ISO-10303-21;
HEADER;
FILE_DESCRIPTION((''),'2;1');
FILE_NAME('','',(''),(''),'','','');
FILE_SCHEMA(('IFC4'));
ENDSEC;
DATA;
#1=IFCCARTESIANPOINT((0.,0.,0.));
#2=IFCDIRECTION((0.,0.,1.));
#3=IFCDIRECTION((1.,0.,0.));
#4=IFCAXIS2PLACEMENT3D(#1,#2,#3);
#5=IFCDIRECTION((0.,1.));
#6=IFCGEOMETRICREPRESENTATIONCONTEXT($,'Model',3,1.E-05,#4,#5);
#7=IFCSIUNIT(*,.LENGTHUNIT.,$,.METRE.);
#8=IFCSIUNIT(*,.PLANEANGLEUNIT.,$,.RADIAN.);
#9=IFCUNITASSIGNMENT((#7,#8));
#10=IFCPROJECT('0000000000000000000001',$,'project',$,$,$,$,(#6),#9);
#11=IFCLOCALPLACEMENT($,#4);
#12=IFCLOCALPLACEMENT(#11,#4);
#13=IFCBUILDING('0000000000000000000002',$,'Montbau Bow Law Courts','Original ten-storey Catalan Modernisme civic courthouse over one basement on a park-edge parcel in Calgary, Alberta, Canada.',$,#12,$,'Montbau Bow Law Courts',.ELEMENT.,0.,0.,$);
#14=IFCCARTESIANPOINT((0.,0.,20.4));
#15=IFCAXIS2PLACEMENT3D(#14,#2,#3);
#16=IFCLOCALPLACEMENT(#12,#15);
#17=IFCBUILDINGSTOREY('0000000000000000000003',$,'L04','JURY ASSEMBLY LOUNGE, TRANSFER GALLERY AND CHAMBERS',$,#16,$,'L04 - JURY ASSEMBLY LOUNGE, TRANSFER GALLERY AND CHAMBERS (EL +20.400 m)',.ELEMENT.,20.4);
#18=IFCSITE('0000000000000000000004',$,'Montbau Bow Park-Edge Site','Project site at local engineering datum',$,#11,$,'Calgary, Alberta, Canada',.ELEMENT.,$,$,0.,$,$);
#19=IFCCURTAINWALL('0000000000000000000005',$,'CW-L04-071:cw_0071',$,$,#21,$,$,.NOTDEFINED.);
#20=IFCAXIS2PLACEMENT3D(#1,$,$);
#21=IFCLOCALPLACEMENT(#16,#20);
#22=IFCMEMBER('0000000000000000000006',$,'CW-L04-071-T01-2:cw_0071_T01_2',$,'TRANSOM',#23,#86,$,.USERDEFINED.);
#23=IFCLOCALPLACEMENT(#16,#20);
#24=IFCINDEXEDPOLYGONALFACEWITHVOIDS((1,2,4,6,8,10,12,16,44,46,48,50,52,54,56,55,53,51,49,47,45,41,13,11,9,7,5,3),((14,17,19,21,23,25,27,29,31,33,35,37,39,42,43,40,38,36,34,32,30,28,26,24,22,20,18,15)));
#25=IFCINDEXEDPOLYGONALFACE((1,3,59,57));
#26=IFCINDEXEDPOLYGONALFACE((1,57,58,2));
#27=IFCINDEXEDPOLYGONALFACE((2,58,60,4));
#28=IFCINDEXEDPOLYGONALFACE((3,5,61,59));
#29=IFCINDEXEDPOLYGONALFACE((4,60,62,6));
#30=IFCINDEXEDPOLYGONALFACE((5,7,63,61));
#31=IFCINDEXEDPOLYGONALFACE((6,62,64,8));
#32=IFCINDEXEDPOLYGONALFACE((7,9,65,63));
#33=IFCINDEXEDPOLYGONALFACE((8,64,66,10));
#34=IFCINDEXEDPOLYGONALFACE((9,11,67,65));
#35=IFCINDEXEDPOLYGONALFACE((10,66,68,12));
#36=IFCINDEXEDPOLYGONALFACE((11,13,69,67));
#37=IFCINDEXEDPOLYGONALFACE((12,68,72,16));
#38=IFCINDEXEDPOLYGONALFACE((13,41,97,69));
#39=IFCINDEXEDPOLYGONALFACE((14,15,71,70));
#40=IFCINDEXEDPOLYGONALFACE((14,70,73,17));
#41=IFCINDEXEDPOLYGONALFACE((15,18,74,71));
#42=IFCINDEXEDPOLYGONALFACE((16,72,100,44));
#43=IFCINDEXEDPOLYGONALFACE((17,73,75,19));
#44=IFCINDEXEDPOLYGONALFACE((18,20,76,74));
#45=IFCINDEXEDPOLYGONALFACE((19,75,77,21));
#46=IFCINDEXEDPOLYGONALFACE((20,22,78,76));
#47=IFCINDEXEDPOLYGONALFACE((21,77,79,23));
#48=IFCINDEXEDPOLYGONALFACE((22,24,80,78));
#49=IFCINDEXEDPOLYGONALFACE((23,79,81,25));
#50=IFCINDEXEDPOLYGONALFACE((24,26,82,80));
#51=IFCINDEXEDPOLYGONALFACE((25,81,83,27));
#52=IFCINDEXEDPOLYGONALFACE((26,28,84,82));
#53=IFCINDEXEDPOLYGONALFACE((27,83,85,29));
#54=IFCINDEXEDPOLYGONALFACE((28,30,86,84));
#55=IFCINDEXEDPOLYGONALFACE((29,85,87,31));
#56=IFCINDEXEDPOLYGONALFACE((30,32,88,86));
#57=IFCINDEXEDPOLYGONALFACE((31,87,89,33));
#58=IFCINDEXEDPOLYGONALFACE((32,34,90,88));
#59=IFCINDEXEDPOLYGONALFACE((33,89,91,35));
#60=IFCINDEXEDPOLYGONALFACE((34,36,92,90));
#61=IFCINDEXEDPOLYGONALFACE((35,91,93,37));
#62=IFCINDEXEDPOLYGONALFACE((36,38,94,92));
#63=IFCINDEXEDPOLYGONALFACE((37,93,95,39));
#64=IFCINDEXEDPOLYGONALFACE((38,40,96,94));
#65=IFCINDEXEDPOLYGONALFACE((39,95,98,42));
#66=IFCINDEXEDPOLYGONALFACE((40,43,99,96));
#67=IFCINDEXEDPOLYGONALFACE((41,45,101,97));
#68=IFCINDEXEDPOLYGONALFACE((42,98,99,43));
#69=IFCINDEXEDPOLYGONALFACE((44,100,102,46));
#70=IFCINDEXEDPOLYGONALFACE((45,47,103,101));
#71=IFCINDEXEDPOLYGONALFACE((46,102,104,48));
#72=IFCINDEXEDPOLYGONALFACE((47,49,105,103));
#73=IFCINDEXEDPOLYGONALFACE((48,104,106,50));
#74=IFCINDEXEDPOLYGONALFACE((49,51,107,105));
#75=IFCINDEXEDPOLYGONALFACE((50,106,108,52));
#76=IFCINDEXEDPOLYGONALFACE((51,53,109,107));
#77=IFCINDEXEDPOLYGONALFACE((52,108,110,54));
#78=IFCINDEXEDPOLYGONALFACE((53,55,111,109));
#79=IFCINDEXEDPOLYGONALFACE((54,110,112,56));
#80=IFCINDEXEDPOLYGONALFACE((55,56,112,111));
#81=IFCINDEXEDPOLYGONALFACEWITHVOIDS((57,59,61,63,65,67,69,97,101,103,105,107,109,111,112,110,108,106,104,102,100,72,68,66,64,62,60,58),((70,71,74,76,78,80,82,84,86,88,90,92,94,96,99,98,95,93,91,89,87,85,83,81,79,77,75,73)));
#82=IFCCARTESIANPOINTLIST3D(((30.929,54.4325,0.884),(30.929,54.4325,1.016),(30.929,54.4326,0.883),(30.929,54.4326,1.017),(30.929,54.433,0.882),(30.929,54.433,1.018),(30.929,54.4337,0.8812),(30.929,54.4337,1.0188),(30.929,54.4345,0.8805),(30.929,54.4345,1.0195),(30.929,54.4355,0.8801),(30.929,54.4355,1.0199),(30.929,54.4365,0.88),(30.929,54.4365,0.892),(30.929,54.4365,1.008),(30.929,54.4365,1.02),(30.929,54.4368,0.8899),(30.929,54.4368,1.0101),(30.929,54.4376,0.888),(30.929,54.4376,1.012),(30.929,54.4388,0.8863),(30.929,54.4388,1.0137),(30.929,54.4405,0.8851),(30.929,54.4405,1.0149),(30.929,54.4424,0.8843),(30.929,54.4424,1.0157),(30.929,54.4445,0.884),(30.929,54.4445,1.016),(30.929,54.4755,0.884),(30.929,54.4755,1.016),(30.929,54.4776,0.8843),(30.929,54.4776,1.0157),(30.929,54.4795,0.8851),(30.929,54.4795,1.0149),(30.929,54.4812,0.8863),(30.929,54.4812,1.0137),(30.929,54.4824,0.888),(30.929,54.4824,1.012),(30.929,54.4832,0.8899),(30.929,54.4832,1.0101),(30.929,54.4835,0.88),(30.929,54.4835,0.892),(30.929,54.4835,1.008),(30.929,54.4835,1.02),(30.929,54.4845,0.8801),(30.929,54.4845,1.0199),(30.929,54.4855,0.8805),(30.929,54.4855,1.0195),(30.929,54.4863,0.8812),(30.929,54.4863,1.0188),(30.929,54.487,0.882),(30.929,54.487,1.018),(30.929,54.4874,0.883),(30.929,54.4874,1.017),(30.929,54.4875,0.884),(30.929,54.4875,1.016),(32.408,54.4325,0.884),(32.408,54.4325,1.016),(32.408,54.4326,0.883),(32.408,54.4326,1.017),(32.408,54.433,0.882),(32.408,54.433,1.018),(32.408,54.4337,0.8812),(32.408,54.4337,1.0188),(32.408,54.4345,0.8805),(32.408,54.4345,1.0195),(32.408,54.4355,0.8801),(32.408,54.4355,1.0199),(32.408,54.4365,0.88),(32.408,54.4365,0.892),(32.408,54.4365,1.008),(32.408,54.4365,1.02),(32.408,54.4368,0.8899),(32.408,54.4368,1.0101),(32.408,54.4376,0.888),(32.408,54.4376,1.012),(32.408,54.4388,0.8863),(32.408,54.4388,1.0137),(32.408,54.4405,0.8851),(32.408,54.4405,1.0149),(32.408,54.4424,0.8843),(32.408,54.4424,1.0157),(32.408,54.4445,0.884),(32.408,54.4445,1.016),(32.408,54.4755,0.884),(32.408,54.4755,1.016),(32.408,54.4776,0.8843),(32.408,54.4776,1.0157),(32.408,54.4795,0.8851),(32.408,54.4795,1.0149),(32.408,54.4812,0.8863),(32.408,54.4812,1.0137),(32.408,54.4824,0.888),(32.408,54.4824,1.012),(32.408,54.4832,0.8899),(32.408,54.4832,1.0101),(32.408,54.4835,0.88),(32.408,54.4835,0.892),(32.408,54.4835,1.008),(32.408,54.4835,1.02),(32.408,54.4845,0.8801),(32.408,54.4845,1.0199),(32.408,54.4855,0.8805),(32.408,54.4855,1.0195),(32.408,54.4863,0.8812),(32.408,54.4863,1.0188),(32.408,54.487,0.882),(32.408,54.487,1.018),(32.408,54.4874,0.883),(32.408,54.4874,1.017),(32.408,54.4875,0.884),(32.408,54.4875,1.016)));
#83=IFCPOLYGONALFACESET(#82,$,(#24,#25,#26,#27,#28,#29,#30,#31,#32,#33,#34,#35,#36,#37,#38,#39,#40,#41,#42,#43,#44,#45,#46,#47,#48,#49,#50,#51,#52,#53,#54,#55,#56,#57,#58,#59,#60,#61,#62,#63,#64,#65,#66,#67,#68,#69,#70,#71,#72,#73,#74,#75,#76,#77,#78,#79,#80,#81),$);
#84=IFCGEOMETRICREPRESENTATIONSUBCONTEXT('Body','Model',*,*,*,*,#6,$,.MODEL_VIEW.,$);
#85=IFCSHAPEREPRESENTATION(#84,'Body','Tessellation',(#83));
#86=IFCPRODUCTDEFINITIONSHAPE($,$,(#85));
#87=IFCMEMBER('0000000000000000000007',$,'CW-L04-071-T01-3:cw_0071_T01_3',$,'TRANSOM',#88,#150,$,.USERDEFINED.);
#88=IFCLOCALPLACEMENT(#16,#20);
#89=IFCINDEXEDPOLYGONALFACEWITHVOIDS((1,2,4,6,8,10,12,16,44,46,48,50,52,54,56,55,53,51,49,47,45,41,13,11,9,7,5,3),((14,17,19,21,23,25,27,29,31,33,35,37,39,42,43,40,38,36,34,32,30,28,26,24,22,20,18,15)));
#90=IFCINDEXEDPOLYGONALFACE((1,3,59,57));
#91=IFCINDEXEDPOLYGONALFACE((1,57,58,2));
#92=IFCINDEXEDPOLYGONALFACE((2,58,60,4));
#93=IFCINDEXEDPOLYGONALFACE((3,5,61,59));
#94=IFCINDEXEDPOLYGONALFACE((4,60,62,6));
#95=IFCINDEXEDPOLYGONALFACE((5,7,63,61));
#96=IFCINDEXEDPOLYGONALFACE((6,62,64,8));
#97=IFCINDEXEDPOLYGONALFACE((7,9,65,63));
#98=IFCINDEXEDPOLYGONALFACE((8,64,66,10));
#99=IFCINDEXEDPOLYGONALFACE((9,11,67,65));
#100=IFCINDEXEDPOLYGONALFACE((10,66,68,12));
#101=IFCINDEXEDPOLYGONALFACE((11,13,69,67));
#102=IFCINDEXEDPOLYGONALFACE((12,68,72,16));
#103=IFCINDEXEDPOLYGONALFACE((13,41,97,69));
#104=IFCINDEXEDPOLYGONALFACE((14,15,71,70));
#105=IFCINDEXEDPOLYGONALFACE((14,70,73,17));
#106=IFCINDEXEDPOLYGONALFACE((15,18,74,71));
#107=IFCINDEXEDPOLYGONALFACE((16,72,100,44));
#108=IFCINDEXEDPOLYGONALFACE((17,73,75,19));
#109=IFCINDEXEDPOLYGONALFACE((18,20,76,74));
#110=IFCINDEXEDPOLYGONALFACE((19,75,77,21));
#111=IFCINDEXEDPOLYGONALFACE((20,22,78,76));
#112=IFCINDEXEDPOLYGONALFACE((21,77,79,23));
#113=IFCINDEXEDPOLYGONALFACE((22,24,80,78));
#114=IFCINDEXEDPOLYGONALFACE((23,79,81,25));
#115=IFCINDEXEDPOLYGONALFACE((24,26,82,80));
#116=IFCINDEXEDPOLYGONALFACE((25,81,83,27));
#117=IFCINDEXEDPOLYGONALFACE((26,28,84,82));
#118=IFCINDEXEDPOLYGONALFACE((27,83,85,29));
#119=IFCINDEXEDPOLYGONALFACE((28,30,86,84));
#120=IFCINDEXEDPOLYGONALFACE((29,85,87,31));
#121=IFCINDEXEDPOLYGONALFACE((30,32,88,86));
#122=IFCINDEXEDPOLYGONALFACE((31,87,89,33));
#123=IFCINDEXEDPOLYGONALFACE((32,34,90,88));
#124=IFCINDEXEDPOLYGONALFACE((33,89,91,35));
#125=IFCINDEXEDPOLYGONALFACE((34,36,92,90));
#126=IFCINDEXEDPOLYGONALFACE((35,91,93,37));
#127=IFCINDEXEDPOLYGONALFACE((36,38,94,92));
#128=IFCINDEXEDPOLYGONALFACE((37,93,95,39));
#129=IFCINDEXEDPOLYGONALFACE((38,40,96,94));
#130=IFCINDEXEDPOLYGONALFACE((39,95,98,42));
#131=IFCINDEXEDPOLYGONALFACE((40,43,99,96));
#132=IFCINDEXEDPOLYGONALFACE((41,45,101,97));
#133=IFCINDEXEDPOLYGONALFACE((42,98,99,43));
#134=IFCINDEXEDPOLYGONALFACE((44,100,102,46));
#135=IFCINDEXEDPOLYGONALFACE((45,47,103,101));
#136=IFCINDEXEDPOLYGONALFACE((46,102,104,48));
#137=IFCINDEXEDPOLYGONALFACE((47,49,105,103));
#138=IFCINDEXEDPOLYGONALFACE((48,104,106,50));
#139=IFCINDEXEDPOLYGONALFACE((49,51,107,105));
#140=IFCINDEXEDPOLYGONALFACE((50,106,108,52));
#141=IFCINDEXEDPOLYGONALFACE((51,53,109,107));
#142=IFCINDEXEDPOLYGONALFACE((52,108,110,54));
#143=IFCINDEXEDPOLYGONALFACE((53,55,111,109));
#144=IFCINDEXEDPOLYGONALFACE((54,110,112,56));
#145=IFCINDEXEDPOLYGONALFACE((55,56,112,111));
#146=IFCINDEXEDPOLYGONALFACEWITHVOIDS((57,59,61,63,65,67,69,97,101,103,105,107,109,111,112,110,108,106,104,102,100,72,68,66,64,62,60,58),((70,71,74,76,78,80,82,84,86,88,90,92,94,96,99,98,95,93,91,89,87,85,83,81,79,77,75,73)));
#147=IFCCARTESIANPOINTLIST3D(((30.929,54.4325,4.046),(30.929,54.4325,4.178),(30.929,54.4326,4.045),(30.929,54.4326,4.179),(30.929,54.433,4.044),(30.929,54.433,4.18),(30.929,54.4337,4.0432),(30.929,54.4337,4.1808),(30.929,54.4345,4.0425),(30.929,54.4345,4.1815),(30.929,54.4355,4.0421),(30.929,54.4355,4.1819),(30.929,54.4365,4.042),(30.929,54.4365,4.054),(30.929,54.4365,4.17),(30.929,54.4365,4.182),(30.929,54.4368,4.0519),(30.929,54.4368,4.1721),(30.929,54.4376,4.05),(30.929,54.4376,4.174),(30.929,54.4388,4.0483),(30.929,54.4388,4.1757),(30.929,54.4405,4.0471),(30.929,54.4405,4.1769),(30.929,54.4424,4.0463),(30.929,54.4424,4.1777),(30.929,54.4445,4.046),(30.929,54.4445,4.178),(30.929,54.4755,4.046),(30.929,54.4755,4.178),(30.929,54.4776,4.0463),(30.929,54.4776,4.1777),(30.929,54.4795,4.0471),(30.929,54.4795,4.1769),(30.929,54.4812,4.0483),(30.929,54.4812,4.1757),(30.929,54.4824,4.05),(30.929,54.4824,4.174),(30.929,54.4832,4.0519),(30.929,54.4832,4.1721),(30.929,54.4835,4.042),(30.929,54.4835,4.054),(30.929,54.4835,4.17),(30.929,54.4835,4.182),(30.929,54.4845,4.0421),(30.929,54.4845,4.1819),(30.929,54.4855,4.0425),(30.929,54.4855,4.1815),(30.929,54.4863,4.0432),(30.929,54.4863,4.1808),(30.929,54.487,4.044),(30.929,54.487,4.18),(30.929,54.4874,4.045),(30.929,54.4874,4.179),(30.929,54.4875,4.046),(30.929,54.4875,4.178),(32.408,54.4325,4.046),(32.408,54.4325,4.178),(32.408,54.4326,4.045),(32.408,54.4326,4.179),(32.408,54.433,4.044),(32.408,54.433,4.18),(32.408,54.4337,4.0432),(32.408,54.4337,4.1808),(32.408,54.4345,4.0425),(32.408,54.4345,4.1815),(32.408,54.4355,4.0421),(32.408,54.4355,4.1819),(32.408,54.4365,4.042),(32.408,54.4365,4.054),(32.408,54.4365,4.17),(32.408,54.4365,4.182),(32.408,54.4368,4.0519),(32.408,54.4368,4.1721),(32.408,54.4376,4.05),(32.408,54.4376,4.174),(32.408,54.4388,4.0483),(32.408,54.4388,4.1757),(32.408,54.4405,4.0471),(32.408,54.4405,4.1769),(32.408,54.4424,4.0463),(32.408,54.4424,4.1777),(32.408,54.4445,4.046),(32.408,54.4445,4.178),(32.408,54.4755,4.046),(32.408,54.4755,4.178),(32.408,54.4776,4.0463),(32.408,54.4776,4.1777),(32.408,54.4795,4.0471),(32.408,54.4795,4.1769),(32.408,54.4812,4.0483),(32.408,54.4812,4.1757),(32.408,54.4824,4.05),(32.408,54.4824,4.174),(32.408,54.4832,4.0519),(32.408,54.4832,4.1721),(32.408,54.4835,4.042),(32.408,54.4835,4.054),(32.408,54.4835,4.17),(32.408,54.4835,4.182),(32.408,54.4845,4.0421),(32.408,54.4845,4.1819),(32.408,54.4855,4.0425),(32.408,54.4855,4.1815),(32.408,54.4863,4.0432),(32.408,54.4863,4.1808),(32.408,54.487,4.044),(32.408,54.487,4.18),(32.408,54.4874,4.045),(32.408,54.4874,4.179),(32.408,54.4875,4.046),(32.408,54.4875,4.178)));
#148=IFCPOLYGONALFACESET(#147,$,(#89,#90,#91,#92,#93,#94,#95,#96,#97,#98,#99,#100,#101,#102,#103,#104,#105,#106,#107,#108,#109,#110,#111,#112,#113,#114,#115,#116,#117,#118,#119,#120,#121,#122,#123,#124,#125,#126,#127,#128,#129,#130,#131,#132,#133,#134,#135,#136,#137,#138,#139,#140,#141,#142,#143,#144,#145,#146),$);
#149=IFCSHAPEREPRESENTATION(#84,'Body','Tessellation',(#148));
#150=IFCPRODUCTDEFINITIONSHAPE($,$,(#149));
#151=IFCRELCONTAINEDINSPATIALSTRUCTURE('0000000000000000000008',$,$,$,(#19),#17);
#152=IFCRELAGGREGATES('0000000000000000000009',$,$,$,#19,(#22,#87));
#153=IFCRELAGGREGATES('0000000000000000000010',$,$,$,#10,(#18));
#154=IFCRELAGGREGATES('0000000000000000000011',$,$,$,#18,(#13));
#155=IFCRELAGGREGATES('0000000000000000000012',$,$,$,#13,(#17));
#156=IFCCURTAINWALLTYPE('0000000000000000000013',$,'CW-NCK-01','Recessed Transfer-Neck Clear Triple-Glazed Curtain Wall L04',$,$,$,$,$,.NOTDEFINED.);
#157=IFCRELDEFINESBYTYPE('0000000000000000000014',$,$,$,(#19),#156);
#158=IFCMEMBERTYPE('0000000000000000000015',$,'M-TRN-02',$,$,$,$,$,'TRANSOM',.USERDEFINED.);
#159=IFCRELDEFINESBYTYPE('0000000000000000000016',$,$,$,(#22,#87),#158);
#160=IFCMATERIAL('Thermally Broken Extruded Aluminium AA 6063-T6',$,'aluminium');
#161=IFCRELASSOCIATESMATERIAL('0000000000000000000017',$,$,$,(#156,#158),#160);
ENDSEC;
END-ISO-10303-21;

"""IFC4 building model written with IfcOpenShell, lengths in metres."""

from ifc_helpers import new_model, si_unit, direction, frame, origin_with_axes, origin_2d_with_axis, place, context, subcontext, project, spatial, hollow_rectangle, extrude, material, material_profile, profile_set, type_object, element, aggregate, save


model = new_model("IFC4")

# Units and contexts
model_context = context("Model", 3, precision=1e-05, world=origin_with_axes(), true_north=direction((0.0, 1.0)))
body_context = subcontext(model_context, "Body", "Model", "MODEL_VIEW")
ifc_project = project(units=[si_unit("LENGTHUNIT", "METRE"), si_unit("PLANEANGLEUNIT", "RADIAN")], contexts=[model_context])

# Site, building, storey
site_placement = place(None, origin_with_axes())
site = spatial("IfcSite", under=ifc_project, at=site_placement, Name="Montbau Bow Park-Edge Site", Description="Project site at local engineering datum", LongName="Calgary, Alberta, Canada", CompositionType="ELEMENT", RefElevation=0.0)
building_placement = place(site_placement, origin_with_axes())
building = spatial("IfcBuilding", under=site, at=building_placement, Name="Montbau Bow Law Courts", Description="Original ten-storey Catalan Modernisme civic courthouse over one basement on a park-edge parcel in Calgary, Alberta, Canada.", LongName="Montbau Bow Law Courts", CompositionType="ELEMENT", ElevationOfRefHeight=0.0, ElevationOfTerrain=0.0)
storey_placement = place(building_placement, frame((0.0, 0.0, 20.4), z_axis=(0.0, 0.0, 1.0), x_axis=(1.0, 0.0, 0.0)))
storey = spatial("IfcBuildingStorey", under=building, at=storey_placement, Name="L04", Description="JURY ASSEMBLY LOUNGE, TRANSFER GALLERY AND CHAMBERS", LongName="L04 - JURY ASSEMBLY LOUNGE, TRANSFER GALLERY AND CHAMBERS (EL +20.400 m)", CompositionType="ELEMENT", Elevation=20.4)

# Curtain wall, members
ifc_material_1 = material(Name="Thermally Broken Extruded Aluminium AA 6063-T6", Category="aluminium")
curtain_wall_type = type_object("IfcCurtainWallType", Name="CW-NCK-01", Description="Recessed Transfer-Neck Clear Triple-Glazed Curtain Wall L04", PredefinedType="NOTDEFINED", material=ifc_material_1)
curtain_wall_placement = place(None, frame((30.867, 54.46, 20.4), z_axis=(0.0, 0.0, 1.0), x_axis=(1.0, 0.0, 0.0)))
curtain_wall = element("IfcCurtainWall", 1, at=curtain_wall_placement, inside=storey, type_object=curtain_wall_type, Name="CW-L04-071:cw_0071", PredefinedType="NOTDEFINED")
ifc_material_profile_1 = material_profile(ifc_material_1, hollow_rectangle(XDim=0.055, YDim=0.14, WallThickness=0.004, InnerFilletRadius=0.008, OuterFilletRadius=0.004, at=origin_2d_with_axis()), Name="CWT-140X55", Category="Main", Priority=0)
ifc_profile_set_1 = profile_set([ifc_material_profile_1], Name="Thermally Broken Extruded Aluminium AA 6063-T6")
member_type_1 = type_object("IfcMemberType", Name="M-TRN-02", ElementType="TRANSOM", PredefinedType="USERDEFINED", material=ifc_profile_set_1)
member_1_placement = place(None, frame((30.929, 54.46, 21.35), z_axis=(1.0, 0.0, 0.0), x_axis=(0.0, 1.0, 0.0)))
member_1 = element("IfcMember", 2, at=member_1_placement, type_object=member_type_1, Name="CW-L04-071-T01-2:cw_0071_T01_2", ObjectType="TRANSOM", PredefinedType="USERDEFINED", context=body_context, shape_type="SweptSolid", body=[
    extrude(hollow_rectangle(XDim=0.055, YDim=0.14, WallThickness=0.004, InnerFilletRadius=0.008, OuterFilletRadius=0.004, at=origin_2d_with_axis()), origin_with_axes(), (0.0, 0.0, 1.0), 1.479),
])
member_2_placement = place(None, frame((30.929, 54.46, 24.512), z_axis=(1.0, 0.0, 0.0), x_axis=(0.0, 1.0, 0.0)))
member_2 = element("IfcMember", 3, at=member_2_placement, type_object=member_type_1, Name="CW-L04-071-T01-3:cw_0071_T01_3", ObjectType="TRANSOM", PredefinedType="USERDEFINED", context=body_context, shape_type="SweptSolid", body=[
    extrude(hollow_rectangle(XDim=0.055, YDim=0.14, WallThickness=0.004, InnerFilletRadius=0.008, OuterFilletRadius=0.004, at=origin_2d_with_axis()), origin_with_axes(), (0.0, 0.0, 1.0), 1.479),
])
aggregate(curtain_wall, [member_1, member_2])

save(model, "model.ifc")
